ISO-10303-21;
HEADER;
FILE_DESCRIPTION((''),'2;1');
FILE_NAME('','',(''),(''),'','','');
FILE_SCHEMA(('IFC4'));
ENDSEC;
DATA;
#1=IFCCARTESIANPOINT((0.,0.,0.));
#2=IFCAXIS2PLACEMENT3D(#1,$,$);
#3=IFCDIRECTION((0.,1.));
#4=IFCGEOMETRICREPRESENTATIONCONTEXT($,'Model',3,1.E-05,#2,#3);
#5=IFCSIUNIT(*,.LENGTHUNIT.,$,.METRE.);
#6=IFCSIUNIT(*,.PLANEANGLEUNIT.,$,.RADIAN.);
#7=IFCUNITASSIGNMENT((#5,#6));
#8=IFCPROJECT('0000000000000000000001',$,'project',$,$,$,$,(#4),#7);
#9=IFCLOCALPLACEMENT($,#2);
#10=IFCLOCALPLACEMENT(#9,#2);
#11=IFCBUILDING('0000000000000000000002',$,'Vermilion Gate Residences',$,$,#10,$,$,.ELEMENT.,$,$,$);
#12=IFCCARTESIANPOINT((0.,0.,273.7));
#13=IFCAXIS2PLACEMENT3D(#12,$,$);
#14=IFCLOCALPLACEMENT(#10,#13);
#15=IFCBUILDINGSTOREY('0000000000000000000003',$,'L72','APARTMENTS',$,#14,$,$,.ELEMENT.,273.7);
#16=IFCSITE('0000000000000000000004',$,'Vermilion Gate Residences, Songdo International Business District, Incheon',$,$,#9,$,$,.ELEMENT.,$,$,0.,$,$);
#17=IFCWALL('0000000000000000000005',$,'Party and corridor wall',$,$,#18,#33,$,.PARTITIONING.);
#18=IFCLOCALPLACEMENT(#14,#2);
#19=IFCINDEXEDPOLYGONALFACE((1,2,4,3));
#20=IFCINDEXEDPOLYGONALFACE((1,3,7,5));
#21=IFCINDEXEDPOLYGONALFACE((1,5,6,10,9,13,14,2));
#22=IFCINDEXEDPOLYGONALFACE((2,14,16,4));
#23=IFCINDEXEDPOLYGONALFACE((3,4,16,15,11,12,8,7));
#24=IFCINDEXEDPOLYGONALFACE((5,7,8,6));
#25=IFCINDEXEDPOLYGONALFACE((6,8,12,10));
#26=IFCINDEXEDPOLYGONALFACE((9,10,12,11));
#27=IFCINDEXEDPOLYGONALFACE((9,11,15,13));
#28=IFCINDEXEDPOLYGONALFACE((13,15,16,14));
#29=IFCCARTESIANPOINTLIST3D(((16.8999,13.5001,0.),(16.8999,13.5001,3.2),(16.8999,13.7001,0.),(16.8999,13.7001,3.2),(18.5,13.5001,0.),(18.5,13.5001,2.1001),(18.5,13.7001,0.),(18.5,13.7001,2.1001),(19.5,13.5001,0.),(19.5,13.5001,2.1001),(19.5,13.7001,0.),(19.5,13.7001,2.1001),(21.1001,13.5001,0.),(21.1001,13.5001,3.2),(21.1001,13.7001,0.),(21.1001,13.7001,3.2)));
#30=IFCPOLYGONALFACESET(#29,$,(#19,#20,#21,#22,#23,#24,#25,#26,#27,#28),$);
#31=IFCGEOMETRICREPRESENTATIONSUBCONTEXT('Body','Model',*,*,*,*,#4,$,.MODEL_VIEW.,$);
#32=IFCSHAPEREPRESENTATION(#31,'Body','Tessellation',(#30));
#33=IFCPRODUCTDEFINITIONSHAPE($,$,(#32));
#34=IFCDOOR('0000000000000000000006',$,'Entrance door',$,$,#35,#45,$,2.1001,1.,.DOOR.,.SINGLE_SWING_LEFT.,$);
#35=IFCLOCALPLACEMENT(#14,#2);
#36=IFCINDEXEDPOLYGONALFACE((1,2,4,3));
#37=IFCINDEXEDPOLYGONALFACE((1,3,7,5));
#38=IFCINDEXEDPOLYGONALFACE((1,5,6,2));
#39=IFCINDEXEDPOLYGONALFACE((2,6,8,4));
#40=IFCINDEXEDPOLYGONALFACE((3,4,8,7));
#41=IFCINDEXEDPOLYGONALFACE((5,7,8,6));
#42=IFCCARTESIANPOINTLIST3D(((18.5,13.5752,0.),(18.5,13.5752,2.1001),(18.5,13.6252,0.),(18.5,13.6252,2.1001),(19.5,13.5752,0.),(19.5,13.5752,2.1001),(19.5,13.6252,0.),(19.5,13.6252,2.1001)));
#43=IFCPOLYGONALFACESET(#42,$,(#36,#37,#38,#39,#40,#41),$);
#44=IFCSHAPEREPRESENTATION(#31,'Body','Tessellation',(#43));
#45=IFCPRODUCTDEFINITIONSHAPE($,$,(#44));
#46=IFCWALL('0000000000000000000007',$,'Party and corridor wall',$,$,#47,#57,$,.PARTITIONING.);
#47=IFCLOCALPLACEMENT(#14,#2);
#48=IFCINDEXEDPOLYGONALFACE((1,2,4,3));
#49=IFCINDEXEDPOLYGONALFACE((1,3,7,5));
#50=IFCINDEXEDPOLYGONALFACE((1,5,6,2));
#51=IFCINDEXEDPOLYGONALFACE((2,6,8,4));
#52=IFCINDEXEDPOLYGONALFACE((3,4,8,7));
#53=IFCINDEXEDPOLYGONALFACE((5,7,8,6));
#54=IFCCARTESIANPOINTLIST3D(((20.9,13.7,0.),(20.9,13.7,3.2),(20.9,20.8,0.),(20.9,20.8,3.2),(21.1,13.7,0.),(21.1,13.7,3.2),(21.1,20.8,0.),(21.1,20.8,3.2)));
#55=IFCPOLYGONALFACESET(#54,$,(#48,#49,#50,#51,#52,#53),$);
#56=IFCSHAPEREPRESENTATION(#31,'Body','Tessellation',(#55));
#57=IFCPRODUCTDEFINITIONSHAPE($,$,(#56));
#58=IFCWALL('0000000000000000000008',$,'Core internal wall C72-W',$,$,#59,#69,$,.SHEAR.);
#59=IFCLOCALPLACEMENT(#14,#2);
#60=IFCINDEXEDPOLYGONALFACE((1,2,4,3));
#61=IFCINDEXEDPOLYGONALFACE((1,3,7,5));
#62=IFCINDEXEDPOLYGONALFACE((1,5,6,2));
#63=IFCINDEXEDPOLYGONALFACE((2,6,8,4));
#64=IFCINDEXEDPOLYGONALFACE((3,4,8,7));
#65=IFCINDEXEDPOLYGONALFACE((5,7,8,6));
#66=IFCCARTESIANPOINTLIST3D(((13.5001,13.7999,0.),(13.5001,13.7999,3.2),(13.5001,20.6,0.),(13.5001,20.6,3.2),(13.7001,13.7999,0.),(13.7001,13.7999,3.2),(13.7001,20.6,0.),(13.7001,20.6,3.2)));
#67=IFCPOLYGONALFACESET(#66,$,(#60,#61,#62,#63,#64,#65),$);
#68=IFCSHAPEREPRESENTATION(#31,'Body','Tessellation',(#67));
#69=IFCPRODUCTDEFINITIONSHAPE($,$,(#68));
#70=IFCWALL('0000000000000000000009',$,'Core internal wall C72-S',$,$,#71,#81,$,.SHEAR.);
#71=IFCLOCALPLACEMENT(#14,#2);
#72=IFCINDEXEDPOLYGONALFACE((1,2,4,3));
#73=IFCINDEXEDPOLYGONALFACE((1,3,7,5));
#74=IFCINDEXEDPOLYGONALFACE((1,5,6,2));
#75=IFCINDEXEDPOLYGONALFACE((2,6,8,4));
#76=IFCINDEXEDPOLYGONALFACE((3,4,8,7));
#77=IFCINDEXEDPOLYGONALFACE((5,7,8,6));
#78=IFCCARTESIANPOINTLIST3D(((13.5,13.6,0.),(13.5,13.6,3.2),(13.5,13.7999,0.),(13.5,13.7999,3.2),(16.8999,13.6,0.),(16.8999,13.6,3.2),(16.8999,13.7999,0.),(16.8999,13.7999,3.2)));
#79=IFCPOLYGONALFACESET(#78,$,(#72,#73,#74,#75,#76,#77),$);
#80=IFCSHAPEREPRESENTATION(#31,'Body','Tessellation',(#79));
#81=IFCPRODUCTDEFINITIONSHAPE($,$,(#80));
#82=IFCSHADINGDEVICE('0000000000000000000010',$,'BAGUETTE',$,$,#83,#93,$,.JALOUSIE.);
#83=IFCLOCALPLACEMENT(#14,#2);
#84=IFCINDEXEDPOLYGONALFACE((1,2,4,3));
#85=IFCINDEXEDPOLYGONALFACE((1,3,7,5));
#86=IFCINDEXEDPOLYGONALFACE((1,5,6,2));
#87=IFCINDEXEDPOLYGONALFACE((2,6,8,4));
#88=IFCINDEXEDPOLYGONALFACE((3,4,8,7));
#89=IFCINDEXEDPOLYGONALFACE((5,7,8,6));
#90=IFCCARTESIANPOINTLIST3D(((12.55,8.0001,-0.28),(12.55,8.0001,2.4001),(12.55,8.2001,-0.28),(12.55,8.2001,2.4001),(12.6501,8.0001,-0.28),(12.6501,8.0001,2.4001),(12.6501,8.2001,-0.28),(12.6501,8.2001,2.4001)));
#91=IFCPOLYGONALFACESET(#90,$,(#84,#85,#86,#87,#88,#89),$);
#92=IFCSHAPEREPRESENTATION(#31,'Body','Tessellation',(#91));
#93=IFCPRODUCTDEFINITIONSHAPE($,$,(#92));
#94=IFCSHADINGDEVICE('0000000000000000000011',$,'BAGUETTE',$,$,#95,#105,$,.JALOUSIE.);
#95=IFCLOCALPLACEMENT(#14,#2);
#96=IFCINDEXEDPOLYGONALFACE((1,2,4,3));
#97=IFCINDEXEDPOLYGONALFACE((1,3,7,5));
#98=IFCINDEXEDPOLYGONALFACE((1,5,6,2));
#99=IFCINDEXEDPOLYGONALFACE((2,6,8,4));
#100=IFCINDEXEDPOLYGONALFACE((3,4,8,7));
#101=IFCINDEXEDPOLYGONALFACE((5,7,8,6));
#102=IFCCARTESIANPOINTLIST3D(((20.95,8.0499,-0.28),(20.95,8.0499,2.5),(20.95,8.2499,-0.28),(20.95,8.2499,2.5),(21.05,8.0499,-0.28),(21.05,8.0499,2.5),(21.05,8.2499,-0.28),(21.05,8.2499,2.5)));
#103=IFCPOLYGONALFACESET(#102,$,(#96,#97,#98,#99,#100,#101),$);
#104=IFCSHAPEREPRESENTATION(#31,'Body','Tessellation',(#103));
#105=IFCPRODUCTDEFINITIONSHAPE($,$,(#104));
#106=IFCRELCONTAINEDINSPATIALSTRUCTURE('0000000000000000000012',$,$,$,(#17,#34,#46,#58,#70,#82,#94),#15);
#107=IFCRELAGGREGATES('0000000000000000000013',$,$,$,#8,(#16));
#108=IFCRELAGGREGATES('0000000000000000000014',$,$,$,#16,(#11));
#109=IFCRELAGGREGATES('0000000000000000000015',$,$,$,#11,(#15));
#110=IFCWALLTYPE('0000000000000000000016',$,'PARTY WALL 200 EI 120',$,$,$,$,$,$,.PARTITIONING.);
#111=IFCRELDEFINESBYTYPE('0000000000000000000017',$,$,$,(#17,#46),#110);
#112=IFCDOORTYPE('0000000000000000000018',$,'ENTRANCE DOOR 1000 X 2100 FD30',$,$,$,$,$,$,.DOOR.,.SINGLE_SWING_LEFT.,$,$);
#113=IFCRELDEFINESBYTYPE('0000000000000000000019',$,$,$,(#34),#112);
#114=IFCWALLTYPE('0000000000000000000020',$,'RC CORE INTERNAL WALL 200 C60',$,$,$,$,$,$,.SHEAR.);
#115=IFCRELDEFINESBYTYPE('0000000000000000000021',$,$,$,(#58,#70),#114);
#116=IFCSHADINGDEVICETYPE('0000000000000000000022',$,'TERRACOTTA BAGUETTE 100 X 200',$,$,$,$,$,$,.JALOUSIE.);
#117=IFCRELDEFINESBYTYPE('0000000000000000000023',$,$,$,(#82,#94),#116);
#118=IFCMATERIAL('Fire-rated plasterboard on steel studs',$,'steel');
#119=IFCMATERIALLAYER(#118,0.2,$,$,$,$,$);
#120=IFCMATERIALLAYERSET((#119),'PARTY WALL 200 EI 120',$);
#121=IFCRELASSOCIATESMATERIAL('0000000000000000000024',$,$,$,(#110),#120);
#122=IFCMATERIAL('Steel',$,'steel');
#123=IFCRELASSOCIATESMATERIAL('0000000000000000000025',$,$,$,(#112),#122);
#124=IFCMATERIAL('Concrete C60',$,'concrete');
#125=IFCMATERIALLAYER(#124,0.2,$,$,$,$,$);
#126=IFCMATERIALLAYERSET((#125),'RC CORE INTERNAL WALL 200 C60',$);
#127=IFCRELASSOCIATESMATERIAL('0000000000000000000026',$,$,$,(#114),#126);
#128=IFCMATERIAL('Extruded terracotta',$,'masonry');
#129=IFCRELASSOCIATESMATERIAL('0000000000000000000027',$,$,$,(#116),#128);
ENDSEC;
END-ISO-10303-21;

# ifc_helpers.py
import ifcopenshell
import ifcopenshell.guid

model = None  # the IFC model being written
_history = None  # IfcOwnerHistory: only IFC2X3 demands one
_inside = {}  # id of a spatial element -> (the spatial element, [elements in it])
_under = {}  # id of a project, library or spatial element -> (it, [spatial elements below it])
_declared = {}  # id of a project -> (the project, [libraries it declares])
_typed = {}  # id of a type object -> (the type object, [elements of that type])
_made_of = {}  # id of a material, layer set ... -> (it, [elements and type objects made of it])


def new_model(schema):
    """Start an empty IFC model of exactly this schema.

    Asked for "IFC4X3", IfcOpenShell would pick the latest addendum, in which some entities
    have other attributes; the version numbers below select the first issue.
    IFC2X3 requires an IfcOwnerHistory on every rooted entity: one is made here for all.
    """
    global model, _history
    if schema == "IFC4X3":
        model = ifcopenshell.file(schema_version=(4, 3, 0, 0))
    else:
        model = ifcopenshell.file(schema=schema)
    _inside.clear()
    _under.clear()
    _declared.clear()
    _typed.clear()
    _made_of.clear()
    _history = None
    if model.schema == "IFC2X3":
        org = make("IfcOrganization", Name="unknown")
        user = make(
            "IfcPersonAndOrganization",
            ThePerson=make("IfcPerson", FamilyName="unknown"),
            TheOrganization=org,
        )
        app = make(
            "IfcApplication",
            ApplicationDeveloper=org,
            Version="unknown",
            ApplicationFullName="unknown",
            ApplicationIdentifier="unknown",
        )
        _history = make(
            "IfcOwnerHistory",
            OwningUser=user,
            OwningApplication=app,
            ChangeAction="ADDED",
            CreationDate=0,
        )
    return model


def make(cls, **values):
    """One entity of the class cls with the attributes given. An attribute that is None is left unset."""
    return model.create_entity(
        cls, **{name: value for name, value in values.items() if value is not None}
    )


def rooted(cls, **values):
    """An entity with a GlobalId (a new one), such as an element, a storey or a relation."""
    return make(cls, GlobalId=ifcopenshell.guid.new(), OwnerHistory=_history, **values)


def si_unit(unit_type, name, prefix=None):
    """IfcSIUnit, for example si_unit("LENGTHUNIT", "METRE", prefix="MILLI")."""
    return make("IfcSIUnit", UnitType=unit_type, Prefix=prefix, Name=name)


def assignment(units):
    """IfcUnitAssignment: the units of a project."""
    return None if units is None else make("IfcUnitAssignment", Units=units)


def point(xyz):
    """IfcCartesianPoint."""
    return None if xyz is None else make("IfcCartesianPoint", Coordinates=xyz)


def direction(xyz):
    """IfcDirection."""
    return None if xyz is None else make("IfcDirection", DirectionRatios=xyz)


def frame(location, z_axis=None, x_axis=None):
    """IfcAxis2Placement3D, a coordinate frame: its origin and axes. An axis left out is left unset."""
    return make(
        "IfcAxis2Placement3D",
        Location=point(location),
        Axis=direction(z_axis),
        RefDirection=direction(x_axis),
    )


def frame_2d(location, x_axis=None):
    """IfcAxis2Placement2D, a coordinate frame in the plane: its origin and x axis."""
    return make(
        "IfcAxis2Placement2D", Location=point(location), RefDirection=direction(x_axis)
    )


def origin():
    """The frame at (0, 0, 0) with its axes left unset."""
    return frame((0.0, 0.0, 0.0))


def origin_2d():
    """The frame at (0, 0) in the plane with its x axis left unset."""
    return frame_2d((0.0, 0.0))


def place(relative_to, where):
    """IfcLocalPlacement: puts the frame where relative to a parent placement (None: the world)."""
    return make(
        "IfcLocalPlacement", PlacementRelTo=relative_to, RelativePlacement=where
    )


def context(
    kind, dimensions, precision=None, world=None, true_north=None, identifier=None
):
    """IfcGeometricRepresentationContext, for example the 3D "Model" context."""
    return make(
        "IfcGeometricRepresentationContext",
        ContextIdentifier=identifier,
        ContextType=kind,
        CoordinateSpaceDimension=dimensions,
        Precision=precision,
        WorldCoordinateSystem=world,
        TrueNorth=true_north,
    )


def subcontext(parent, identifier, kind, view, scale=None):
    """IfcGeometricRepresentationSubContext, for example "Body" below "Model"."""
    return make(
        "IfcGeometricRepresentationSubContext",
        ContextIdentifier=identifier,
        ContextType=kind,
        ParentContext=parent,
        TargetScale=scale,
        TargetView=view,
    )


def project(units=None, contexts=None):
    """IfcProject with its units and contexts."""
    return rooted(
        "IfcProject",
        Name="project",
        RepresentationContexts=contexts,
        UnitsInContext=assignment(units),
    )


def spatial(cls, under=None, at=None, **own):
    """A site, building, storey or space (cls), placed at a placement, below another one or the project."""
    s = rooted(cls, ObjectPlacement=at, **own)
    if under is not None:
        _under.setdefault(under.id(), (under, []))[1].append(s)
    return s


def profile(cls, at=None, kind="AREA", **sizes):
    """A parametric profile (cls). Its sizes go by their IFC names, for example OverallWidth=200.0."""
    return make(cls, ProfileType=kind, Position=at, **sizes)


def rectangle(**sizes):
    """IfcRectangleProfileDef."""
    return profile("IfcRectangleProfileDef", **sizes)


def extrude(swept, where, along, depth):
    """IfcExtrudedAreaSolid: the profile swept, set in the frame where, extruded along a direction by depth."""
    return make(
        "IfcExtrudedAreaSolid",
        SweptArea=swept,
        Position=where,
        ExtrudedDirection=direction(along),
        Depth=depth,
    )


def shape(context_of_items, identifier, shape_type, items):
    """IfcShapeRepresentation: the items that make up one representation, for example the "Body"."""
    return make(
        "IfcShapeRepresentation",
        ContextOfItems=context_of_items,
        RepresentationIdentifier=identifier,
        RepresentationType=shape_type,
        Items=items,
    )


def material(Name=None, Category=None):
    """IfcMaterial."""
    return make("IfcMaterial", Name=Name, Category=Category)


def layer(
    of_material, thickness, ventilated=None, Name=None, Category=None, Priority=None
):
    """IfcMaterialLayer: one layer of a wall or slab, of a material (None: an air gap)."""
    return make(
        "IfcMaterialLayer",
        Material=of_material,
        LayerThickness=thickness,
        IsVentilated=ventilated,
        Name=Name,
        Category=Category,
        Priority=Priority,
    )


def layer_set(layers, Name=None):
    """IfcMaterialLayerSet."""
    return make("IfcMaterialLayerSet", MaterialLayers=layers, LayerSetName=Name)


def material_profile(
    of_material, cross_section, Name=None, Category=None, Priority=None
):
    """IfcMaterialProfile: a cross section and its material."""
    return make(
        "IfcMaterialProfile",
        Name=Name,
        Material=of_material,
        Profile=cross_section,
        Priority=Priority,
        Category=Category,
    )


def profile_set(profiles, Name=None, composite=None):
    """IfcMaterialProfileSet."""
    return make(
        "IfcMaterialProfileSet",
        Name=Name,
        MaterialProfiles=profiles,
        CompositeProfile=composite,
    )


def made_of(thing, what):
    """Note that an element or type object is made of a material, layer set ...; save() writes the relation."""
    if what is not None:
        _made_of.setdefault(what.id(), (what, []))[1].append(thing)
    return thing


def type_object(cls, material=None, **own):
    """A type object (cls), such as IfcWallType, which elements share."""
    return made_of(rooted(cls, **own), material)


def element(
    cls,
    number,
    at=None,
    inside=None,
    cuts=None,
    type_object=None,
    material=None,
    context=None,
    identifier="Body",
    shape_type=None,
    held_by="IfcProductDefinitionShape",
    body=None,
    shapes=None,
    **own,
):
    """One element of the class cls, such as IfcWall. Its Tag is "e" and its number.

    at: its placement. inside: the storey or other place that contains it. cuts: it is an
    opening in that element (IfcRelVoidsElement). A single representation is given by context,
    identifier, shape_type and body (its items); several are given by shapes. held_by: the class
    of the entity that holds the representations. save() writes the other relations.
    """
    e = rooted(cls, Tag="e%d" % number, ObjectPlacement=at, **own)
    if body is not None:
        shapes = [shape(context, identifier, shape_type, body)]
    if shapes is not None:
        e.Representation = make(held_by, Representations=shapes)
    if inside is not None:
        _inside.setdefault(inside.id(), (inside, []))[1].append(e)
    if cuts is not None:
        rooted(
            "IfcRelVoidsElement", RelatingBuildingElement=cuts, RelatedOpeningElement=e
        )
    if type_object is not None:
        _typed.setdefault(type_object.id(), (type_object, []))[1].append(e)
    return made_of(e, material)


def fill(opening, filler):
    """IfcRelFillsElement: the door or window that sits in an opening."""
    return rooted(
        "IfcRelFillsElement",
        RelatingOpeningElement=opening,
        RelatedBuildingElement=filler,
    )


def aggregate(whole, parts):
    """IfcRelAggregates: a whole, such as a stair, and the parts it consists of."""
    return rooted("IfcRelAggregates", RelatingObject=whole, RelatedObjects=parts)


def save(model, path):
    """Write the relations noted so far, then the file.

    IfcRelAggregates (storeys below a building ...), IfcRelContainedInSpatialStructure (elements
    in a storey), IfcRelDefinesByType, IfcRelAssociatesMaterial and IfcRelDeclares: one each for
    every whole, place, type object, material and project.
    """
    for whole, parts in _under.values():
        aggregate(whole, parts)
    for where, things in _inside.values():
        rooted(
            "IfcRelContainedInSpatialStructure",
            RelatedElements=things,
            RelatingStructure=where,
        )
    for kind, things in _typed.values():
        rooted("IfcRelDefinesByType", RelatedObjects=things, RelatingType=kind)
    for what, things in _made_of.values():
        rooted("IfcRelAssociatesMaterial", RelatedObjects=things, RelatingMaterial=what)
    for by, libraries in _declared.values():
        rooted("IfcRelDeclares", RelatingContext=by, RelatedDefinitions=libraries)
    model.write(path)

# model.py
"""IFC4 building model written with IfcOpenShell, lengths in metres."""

from ifc_helpers import new_model, si_unit, direction, frame, frame_2d, origin, origin_2d, place, context, subcontext, project, spatial, rectangle, extrude, material, layer, layer_set, material_profile, profile_set, type_object, element, fill, save


model = new_model("IFC4")

# Units and contexts
model_context = context("Model", 3, precision=1e-05, world=origin(), true_north=direction((0.0, 1.0)))
body_context = subcontext(model_context, "Body", "Model", "MODEL_VIEW")
ifc_project = project(units=[si_unit("LENGTHUNIT", "METRE"), si_unit("PLANEANGLEUNIT", "RADIAN")], contexts=[model_context])

# Site, building, storey
site_placement = place(None, origin())
site = spatial("IfcSite", under=ifc_project, at=site_placement, Name="Vermilion Gate Residences, Songdo International Business District, Incheon", CompositionType="ELEMENT", RefElevation=0.0)
building_placement = place(site_placement, origin())
building = spatial("IfcBuilding", under=site, at=building_placement, Name="Vermilion Gate Residences", CompositionType="ELEMENT")
storey_placement = place(building_placement, frame((0.0, 0.0, 273.7)))
storey = spatial("IfcBuildingStorey", under=building, at=storey_placement, Name="L72", Description="APARTMENTS", CompositionType="ELEMENT", Elevation=273.7)

# Wall, opening, door
ifc_material_1 = material(Name="Fire-rated plasterboard on steel studs", Category="steel")
ifc_layer_1 = layer(ifc_material_1, 0.2)
ifc_layer_set_1 = layer_set([ifc_layer_1], Name="PARTY WALL 200 EI 120")
wall_type_1 = type_object("IfcWallType", Name="PARTY WALL 200 EI 120", PredefinedType="PARTITIONING", material=ifc_layer_set_1)
wall_1_placement = place(storey_placement, frame((16.8999, 13.6001, 0.0), z_axis=(0.0, 0.0, 1.0), x_axis=(1.0, 0.0, 0.0)))
wall_1 = element("IfcWall", 1, at=wall_1_placement, inside=storey, type_object=wall_type_1, Name="Party and corridor wall", PredefinedType="PARTITIONING", context=body_context, shape_type="SweptSolid", body=[
    extrude(rectangle(XDim=4.2002, YDim=0.2, at=frame_2d((2.1001, 0.0))), origin(), (0.0, 0.0, 1.0), 3.2),
])
opening_1_placement = place(wall_1_placement, frame((1.6001, 0.0, 0.0)))
opening_1 = element("IfcOpeningElement", 2, at=opening_1_placement, cuts=wall_1, PredefinedType="OPENING", context=body_context, shape_type="SweptSolid", body=[
    extrude(rectangle(XDim=1.0, YDim=2.1001, at=frame_2d((0.5, 1.05))), frame((0.0, 0.1099, 0.0), z_axis=(0.0, -1.0, 0.0), x_axis=(1.0, 0.0, 0.0)), (0.0, 0.0, 1.0), 0.22),
])
ifc_material_2 = material(Name="Steel", Category="steel")
door_type_1 = type_object("IfcDoorType", Name="ENTRANCE DOOR 1000 X 2100 FD30", OperationType="SINGLE_SWING_LEFT", PredefinedType="DOOR", material=ifc_material_2)
door_1_placement = place(opening_1_placement, frame((1.0, 0.0, 0.0), z_axis=(0.0, 0.0, 1.0), x_axis=(-1.0, 0.0, 0.0)))
door_1 = element("IfcDoor", 3, at=door_1_placement, inside=storey, type_object=door_type_1, Name="Entrance door", OperationType="SINGLE_SWING_LEFT", OverallHeight=2.1001, OverallWidth=1.0, PredefinedType="DOOR", context=body_context, shape_type="SweptSolid", body=[
    extrude(rectangle(XDim=1.0, YDim=2.1001, at=frame_2d((0.5, 1.05))), frame((0.0, 0.0249, 0.0), z_axis=(0.0, -1.0, 0.0), x_axis=(1.0, 0.0, 0.0)), (0.0, 0.0, 1.0), 0.05),
])
fill(opening_1, door_1)

# Walls
wall_2_placement = place(storey_placement, frame((21.0, 13.7, 0.0), z_axis=(0.0, 0.0, 1.0), x_axis=(0.0, 1.0, 0.0)))
element("IfcWall", 4, at=wall_2_placement, inside=storey, type_object=wall_type_1, Name="Party and corridor wall", PredefinedType="PARTITIONING", context=body_context, shape_type="SweptSolid", body=[
    extrude(rectangle(XDim=7.1001, YDim=0.2, at=frame_2d((3.55, 0.0))), origin(), (0.0, 0.0, 1.0), 3.2),
])
ifc_material_3 = material(Name="Concrete C60", Category="concrete")
ifc_layer_2 = layer(ifc_material_3, 0.2)
ifc_layer_set_2 = layer_set([ifc_layer_2], Name="RC CORE INTERNAL WALL 200 C60")
wall_type_2 = type_object("IfcWallType", Name="RC CORE INTERNAL WALL 200 C60", PredefinedType="SHEAR", material=ifc_layer_set_2)
wall_3_placement = place(storey_placement, frame((13.6001, 13.8, 0.0), z_axis=(0.0, 0.0, 1.0), x_axis=(0.0, 1.0, 0.0)))
element("IfcWall", 5, at=wall_3_placement, inside=storey, type_object=wall_type_2, Name="Core internal wall C72-W", PredefinedType="SHEAR", context=body_context, shape_type="SweptSolid", body=[
    extrude(rectangle(XDim=6.8, YDim=0.2, at=frame_2d((3.3999, 0.0))), origin(), (0.0, 0.0, 1.0), 3.2),
])
wall_4_placement = place(storey_placement, frame((13.5, 13.7, 0.0), z_axis=(0.0, 0.0, 1.0), x_axis=(1.0, 0.0, 0.0)))
element("IfcWall", 6, at=wall_4_placement, inside=storey, type_object=wall_type_2, Name="Core internal wall C72-S", PredefinedType="SHEAR", context=body_context, shape_type="SweptSolid", body=[
    extrude(rectangle(XDim=3.3999, YDim=0.2, at=frame_2d((1.7, 0.0))), origin(), (0.0, 0.0, 1.0), 3.2),
])

# Shading devices
ifc_material_4 = material(Name="Extruded terracotta", Category="masonry")
ifc_material_profile_1 = material_profile(ifc_material_4, rectangle(XDim=0.2, YDim=0.1001, at=origin_2d()), Name="BAGUETTE 100 X 200")
ifc_profile_set_1 = profile_set([ifc_material_profile_1], Name="Extruded terracotta")
shading_device_type = type_object("IfcShadingDeviceType", Name="TERRACOTTA BAGUETTE 100 X 200", PredefinedType="JALOUSIE", material=ifc_profile_set_1)
shading_device_1_placement = place(storey_placement, frame((12.6001, 8.1001, -0.28), z_axis=(0.0, 0.0, 1.0), x_axis=(0.0, 1.0, 0.0)))
element("IfcShadingDevice", 7, at=shading_device_1_placement, inside=storey, type_object=shading_device_type, Name="BAGUETTE", PredefinedType="JALOUSIE", context=body_context, shape_type="SweptSolid", body=[
    extrude(rectangle(XDim=0.2, YDim=0.1001, at=origin_2d()), origin(), (0.0, 0.0, 1.0), 2.6802),
])
shading_device_2_placement = place(storey_placement, frame((21.0, 8.1499, -0.28), z_axis=(0.0, 0.0, 1.0), x_axis=(0.0, 1.0, 0.0)))
element("IfcShadingDevice", 8, at=shading_device_2_placement, inside=storey, type_object=shading_device_type, Name="BAGUETTE", PredefinedType="JALOUSIE", context=body_context, shape_type="SweptSolid", body=[
    extrude(rectangle(XDim=0.2, YDim=0.1001, at=origin_2d()), origin(), (0.0, 0.0, 1.0), 2.78),
])

save(model, "model.ifc")
